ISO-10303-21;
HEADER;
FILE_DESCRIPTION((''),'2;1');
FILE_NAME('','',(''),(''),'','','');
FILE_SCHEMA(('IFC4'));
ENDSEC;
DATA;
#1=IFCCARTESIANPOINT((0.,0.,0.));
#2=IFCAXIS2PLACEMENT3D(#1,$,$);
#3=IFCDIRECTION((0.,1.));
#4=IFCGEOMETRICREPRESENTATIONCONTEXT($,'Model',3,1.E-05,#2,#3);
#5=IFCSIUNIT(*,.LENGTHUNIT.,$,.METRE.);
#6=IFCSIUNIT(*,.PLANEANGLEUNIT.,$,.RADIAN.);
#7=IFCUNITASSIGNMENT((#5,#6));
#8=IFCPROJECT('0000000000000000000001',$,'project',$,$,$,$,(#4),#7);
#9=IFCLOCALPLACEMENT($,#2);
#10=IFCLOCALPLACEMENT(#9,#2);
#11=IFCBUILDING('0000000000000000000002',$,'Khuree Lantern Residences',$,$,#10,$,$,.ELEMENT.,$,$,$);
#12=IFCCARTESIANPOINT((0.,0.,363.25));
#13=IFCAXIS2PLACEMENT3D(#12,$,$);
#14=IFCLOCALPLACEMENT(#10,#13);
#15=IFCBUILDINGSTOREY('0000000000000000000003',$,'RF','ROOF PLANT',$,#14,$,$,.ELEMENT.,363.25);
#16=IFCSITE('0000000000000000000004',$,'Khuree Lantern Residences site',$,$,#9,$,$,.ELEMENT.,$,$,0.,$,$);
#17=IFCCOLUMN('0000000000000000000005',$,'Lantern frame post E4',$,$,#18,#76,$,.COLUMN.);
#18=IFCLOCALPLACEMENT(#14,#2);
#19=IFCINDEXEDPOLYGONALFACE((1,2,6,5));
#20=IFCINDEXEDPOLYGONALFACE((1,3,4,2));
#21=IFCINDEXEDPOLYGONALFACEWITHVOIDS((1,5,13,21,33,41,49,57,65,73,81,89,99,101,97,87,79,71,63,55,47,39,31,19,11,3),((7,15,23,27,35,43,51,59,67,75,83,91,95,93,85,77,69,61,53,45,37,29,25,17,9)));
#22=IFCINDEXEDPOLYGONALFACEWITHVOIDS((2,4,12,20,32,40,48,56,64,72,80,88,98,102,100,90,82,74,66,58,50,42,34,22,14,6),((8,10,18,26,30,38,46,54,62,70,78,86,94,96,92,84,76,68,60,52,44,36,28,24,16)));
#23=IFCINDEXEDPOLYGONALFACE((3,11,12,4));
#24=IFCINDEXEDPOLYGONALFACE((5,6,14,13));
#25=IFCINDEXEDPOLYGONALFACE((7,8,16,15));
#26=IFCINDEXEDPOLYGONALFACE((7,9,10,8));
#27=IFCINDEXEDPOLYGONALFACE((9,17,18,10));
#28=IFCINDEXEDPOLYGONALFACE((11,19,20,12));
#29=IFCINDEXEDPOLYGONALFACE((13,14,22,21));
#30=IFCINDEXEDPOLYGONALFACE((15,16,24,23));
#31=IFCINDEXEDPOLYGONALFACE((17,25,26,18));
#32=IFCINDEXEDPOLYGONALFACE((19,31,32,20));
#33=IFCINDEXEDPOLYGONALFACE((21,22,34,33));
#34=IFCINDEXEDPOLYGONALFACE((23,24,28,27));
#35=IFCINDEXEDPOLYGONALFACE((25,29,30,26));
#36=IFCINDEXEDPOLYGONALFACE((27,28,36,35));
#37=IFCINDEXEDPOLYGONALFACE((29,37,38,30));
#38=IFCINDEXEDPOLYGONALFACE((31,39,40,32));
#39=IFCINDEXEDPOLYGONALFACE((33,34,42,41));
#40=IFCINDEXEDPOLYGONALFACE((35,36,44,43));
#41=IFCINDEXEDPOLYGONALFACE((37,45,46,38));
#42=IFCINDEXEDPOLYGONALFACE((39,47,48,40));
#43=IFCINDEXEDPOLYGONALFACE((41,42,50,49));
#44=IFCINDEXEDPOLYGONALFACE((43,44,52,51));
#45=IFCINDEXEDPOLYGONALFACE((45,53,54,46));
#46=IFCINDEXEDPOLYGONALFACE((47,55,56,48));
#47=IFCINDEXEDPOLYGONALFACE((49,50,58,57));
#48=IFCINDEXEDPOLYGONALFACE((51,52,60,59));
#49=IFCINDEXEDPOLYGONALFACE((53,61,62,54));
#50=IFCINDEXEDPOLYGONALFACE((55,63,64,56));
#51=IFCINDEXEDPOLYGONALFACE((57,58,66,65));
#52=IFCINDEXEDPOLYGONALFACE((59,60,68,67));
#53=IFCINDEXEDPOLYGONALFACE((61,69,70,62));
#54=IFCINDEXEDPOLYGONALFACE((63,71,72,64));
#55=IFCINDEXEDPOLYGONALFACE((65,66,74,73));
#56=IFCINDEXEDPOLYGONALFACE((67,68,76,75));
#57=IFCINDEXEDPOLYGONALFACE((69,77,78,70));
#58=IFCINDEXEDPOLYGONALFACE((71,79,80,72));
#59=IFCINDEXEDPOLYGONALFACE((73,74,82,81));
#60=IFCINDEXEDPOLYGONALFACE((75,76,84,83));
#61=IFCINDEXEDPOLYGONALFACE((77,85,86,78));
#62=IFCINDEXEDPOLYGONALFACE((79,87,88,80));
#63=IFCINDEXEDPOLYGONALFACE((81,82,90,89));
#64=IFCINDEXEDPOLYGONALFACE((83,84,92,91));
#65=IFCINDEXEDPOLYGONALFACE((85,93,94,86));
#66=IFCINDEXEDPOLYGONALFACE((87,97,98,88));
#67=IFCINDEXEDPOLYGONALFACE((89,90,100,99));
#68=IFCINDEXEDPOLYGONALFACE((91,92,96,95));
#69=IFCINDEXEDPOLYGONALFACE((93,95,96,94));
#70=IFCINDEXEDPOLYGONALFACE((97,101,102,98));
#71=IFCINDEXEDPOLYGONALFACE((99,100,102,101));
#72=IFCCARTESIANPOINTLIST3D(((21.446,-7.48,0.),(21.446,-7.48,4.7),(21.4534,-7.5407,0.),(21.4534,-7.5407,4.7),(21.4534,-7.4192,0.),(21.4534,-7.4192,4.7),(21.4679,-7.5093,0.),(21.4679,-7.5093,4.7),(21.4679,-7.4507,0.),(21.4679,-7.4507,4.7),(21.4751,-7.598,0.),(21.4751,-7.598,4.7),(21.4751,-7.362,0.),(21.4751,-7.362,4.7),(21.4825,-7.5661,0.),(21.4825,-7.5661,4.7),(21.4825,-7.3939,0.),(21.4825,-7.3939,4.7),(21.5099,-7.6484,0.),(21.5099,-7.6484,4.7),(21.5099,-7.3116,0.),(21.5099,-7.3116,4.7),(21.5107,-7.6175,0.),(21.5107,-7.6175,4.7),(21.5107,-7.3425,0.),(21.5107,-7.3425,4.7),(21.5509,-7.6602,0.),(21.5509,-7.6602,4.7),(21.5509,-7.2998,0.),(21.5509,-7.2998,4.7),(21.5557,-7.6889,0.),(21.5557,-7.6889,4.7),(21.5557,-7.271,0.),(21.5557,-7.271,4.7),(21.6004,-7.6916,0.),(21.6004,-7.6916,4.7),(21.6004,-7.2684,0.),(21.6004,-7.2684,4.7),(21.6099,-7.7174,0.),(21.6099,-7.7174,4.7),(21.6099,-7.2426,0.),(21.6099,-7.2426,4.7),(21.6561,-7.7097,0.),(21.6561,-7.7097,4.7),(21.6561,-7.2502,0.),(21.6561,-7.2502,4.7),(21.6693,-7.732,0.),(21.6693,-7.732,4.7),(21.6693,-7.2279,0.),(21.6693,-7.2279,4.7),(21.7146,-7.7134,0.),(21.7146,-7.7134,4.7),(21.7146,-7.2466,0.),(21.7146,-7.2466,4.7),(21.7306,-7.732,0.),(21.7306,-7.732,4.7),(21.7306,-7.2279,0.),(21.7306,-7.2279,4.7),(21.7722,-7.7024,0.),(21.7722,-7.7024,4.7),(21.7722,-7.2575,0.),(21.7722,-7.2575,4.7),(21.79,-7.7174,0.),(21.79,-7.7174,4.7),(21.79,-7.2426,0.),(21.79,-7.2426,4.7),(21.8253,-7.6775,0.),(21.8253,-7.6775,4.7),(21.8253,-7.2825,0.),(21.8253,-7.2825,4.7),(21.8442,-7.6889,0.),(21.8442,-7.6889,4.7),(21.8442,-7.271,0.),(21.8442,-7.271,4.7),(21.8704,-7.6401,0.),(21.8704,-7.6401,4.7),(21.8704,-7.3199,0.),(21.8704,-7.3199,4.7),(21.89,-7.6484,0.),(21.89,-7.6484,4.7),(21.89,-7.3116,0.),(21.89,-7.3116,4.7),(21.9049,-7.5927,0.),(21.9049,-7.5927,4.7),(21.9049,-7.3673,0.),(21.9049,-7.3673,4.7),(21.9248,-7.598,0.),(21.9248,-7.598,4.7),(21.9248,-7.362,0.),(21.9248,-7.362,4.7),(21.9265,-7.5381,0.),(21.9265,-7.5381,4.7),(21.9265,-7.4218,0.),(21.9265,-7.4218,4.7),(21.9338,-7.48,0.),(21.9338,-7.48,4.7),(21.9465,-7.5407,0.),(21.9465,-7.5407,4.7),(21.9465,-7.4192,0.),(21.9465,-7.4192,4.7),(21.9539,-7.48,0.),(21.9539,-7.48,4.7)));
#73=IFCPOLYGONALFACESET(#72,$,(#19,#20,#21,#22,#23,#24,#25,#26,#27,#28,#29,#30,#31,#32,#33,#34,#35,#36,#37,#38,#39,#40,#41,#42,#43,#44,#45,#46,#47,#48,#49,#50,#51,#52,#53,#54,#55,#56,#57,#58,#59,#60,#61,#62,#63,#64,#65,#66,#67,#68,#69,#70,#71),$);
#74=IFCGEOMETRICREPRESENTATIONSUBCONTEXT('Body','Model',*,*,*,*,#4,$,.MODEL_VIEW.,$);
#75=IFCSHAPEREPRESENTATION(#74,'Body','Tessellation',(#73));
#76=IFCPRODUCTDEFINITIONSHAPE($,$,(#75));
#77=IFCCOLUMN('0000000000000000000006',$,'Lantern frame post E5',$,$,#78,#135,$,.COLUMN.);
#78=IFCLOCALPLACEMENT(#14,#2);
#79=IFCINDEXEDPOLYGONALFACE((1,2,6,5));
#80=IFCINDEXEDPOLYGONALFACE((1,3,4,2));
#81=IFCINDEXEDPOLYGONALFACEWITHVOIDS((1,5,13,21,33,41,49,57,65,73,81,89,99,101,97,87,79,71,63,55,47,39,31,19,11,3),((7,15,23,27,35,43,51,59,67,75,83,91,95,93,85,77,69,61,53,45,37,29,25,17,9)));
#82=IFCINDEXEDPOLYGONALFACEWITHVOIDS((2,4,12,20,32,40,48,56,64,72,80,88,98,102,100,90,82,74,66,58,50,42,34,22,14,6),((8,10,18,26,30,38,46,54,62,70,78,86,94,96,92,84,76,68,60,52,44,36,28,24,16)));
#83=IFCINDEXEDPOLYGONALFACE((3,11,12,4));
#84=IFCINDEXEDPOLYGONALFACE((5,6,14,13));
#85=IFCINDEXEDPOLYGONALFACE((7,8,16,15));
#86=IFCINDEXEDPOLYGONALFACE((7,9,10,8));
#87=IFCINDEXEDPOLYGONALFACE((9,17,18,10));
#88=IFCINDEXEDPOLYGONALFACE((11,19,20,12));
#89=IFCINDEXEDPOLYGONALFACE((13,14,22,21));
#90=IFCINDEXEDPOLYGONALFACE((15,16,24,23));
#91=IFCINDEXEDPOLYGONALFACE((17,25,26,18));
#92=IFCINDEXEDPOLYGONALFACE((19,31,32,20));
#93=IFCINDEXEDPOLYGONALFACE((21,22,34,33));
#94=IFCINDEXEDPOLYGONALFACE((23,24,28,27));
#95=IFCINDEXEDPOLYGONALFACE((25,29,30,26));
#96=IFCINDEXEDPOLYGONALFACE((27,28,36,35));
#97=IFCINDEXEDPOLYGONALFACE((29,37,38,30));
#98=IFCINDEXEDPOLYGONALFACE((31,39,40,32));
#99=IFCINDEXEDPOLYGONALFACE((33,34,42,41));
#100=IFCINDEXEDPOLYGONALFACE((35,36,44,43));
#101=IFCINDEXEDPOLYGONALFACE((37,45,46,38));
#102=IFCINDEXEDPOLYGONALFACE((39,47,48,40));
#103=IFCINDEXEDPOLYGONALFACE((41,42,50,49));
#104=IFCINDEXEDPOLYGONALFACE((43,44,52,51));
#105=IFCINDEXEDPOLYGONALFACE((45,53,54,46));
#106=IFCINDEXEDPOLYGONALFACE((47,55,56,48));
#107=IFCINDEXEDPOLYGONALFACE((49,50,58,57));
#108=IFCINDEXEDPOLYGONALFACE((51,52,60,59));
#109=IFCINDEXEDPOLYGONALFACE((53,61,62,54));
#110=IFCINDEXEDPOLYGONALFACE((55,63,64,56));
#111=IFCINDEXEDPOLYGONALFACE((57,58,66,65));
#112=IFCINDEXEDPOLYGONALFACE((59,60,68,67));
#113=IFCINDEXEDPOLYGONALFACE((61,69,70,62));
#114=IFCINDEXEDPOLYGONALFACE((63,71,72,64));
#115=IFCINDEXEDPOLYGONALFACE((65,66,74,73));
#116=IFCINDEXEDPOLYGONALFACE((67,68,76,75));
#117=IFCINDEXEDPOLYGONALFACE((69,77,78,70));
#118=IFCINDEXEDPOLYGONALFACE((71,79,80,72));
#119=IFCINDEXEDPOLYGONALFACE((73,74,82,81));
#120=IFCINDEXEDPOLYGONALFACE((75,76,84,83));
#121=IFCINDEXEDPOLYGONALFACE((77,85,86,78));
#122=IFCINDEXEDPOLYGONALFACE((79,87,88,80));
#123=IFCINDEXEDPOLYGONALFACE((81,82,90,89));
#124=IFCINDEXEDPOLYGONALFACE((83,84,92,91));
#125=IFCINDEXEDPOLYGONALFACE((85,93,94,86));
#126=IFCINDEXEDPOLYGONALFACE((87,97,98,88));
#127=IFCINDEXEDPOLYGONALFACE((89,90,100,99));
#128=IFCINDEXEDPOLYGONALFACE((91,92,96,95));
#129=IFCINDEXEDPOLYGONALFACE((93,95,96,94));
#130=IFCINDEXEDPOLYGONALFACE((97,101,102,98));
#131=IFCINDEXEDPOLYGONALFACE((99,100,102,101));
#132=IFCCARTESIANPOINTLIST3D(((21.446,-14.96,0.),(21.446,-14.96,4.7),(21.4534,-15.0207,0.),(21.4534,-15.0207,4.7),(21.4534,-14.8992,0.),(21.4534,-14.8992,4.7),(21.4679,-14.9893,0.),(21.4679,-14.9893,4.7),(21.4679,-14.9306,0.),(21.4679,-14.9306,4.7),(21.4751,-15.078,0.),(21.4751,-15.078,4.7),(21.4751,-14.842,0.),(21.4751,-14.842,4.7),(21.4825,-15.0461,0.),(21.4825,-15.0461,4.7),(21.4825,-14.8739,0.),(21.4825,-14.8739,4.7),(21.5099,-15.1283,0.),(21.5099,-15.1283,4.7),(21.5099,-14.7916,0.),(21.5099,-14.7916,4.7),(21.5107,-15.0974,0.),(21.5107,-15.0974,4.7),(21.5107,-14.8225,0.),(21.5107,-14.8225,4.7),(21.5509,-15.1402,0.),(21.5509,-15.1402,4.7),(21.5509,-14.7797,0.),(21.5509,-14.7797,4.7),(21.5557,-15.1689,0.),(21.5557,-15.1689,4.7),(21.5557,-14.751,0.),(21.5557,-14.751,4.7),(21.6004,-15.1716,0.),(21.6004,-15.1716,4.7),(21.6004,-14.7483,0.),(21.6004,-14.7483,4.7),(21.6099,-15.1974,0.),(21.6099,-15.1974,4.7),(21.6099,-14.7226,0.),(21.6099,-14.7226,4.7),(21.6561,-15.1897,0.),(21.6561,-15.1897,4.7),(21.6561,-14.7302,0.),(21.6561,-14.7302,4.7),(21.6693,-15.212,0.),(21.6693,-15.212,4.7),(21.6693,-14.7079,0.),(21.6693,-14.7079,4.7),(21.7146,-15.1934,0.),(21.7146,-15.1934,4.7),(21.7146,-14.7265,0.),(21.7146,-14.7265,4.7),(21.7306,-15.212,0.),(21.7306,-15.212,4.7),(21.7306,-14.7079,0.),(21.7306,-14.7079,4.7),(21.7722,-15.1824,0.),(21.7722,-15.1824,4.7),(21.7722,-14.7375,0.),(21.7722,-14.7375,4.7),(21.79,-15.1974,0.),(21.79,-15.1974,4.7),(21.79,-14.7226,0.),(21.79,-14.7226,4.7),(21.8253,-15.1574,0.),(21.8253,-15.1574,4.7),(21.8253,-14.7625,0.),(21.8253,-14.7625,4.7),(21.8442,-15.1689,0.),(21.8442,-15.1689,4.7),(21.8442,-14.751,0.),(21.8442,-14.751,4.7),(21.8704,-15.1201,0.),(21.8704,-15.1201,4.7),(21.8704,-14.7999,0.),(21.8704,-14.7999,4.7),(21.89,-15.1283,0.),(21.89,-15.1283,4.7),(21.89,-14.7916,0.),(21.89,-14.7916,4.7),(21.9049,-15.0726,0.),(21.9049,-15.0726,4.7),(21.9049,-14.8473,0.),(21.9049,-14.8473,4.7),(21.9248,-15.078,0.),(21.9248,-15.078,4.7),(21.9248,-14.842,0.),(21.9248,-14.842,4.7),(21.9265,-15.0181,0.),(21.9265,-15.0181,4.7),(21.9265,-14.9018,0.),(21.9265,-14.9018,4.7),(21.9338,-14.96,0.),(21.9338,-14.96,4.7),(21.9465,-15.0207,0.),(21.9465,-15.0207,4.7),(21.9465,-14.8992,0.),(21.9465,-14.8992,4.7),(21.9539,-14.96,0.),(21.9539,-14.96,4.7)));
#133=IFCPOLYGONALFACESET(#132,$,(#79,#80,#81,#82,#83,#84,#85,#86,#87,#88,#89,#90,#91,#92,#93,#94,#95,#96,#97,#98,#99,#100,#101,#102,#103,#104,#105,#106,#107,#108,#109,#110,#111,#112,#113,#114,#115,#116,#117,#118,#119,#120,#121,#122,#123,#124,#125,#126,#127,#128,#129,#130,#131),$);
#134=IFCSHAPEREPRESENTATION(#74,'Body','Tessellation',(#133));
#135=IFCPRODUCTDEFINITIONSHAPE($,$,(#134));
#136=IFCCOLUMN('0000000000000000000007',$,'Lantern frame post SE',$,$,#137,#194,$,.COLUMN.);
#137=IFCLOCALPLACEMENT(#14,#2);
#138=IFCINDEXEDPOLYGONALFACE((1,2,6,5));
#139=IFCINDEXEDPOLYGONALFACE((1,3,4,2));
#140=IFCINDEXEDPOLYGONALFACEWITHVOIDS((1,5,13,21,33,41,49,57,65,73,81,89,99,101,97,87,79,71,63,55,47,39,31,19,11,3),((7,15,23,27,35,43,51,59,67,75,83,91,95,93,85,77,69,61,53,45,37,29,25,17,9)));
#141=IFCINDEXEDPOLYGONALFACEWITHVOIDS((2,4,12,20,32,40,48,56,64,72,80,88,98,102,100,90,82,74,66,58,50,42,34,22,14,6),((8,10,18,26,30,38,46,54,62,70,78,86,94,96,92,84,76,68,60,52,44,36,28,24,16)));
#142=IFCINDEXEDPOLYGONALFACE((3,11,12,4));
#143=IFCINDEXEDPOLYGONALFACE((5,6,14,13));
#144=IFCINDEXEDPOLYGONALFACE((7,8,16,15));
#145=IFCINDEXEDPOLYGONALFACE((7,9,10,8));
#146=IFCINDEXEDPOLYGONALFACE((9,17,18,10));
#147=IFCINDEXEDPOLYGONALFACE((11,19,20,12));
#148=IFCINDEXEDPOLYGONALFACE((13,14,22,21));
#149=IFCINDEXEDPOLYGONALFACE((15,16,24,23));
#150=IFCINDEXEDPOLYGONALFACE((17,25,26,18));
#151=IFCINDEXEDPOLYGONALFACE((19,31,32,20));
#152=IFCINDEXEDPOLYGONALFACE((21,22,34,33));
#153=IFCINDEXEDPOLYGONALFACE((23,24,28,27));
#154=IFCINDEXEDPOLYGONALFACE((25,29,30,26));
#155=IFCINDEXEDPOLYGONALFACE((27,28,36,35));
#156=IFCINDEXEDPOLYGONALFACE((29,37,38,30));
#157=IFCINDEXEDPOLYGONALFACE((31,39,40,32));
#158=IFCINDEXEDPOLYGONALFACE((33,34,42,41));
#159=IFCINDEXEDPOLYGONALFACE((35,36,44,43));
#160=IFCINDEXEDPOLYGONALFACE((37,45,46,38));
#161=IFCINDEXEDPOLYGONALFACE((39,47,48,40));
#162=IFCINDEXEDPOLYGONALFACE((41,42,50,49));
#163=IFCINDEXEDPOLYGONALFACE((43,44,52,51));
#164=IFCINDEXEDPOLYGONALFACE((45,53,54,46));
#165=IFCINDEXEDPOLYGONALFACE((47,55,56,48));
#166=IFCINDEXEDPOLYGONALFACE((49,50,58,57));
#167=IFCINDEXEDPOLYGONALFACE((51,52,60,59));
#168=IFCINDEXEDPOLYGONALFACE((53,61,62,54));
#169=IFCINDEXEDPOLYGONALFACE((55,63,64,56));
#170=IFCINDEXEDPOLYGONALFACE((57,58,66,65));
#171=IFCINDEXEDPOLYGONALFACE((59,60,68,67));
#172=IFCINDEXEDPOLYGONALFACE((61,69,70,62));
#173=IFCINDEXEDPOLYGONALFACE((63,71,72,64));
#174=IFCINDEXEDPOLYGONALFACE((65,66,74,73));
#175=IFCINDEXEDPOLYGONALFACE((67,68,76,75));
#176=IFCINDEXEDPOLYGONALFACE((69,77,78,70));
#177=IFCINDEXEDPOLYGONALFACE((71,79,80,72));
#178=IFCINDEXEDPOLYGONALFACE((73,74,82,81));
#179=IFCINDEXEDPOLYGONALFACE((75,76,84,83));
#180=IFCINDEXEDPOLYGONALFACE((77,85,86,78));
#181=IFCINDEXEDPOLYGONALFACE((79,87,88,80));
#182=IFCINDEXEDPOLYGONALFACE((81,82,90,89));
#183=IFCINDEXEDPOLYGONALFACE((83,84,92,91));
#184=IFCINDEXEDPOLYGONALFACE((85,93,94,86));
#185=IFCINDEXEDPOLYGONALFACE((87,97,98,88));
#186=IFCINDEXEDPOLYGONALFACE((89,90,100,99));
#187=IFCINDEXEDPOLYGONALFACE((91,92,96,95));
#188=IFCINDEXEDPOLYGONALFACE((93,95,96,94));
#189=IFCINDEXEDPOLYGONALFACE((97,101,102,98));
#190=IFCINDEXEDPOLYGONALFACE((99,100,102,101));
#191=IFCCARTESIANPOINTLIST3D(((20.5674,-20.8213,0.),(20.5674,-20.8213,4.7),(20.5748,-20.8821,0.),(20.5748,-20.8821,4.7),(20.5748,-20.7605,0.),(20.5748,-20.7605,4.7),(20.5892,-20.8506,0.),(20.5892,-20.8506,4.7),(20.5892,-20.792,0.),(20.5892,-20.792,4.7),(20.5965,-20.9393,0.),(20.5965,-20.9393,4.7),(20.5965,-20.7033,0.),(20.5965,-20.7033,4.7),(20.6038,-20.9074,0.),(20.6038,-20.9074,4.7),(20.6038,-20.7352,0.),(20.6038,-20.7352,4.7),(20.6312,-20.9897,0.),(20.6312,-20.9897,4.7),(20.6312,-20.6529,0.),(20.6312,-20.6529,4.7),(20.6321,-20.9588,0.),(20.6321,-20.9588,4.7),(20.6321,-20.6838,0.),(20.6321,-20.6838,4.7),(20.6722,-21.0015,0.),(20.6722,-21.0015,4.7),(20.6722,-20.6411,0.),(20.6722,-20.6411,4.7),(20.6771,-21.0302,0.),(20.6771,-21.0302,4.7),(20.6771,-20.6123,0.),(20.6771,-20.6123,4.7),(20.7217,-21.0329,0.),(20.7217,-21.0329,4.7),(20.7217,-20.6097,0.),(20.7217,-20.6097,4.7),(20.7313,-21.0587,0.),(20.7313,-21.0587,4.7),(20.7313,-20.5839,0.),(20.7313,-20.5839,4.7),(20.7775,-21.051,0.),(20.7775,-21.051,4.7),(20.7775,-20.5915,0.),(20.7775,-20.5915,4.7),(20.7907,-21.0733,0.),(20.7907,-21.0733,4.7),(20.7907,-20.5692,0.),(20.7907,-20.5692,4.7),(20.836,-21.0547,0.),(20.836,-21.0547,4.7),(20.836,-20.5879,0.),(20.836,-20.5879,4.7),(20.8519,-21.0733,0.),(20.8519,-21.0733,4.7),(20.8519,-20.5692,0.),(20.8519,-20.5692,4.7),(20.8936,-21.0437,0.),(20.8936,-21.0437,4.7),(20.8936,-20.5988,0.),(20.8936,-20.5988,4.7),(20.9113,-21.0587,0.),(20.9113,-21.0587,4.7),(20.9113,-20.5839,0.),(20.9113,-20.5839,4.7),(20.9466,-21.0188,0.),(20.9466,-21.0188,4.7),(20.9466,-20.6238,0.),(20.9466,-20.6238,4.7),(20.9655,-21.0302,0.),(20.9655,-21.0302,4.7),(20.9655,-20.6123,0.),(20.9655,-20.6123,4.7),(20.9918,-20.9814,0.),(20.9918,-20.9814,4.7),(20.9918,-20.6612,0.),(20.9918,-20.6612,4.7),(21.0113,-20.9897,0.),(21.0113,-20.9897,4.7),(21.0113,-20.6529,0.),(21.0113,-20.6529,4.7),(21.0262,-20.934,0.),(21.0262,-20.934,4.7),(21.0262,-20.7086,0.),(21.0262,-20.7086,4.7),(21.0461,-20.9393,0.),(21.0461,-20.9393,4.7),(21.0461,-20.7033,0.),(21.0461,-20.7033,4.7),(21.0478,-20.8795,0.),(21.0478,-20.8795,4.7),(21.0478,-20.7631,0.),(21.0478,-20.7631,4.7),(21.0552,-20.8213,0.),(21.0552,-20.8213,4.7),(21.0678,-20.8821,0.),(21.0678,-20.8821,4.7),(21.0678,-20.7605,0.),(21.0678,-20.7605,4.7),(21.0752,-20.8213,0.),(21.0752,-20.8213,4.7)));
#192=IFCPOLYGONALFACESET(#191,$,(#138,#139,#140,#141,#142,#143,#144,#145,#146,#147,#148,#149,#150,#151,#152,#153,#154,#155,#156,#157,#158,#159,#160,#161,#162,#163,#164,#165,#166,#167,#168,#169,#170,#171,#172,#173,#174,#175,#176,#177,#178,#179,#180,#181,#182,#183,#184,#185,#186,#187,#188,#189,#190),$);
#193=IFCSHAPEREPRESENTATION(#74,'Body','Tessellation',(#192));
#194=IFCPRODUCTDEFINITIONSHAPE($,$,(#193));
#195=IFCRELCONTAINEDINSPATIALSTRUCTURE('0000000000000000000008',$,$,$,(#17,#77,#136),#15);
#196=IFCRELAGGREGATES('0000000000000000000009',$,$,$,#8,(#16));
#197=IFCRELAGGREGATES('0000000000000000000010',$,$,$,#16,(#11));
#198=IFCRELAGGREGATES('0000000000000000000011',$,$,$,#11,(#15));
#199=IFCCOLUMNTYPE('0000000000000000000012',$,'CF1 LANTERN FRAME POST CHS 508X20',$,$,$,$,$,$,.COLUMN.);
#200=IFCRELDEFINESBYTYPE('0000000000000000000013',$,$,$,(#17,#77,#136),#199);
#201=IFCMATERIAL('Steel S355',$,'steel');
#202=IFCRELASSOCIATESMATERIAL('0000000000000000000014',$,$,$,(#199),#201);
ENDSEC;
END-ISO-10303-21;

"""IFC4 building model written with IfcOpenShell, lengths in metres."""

from ifc_helpers import new_model, si_unit, direction, frame, origin, origin_2d, place, context, subcontext, project, spatial, hollow_circle, extrude, material, material_profile, profile_set, type_object, element, save


model = new_model("IFC4")

# Units and contexts
model_context = context("Model", 3, precision=1e-05, world=origin(), true_north=direction((0.0, 1.0)))
body_context = subcontext(model_context, "Body", "Model", "MODEL_VIEW")
ifc_project = project(units=[si_unit("LENGTHUNIT", "METRE"), si_unit("PLANEANGLEUNIT", "RADIAN")], contexts=[model_context])

# Site, building, storey
site_placement = place(None, origin())
site = spatial("IfcSite", under=ifc_project, at=site_placement, Name="Khuree Lantern Residences site", CompositionType="ELEMENT", RefElevation=0.0)
building_placement = place(site_placement, origin())
building = spatial("IfcBuilding", under=site, at=building_placement, Name="Khuree Lantern Residences", CompositionType="ELEMENT")
storey_placement = place(building_placement, frame((0.0, 0.0, 363.25)))
storey = spatial("IfcBuildingStorey", under=building, at=storey_placement, Name="RF", Description="ROOF PLANT", CompositionType="ELEMENT", Elevation=363.25)

# Columns
ifc_material_1 = material(Name="Steel S355", Category="steel")
ifc_material_profile_1 = material_profile(ifc_material_1, hollow_circle(Radius=0.2539, WallThickness=0.02, at=origin_2d()), Name="CHS 508X20")
ifc_profile_set_1 = profile_set([ifc_material_profile_1], Name="Steel S355")
column_type = type_object("IfcColumnType", Name="CF1 LANTERN FRAME POST CHS 508X20", PredefinedType="COLUMN", material=ifc_profile_set_1)
for number, where, z_axis, x_axis, name in (
    (1, (21.7, -7.48, 0.0), (0.0, 0.0, 1.0), (1.0, 0.0, 0.0), "Lantern frame post E4"),
    (2, (21.7, -14.96, 0.0), (0.0, 0.0, 1.0), (1.0, 0.0, 0.0), "Lantern frame post E5"),
    (3, (20.8213, -20.8213, 0.0), (0.0, 0.0, 1.0), (1.0, 0.0, 0.0), "Lantern frame post SE"),
):
    element("IfcColumn", number, at=place(storey_placement, frame(where, z_axis=z_axis, x_axis=x_axis)), inside=storey, type_object=column_type, Name=name, PredefinedType="COLUMN", context=body_context, shape_type="SweptSolid", body=[
        extrude(hollow_circle(Radius=0.2539, WallThickness=0.02, at=origin_2d()), origin(), (0.0, 0.0, 1.0), 4.7),
    ])

save(model, "model.ifc")
